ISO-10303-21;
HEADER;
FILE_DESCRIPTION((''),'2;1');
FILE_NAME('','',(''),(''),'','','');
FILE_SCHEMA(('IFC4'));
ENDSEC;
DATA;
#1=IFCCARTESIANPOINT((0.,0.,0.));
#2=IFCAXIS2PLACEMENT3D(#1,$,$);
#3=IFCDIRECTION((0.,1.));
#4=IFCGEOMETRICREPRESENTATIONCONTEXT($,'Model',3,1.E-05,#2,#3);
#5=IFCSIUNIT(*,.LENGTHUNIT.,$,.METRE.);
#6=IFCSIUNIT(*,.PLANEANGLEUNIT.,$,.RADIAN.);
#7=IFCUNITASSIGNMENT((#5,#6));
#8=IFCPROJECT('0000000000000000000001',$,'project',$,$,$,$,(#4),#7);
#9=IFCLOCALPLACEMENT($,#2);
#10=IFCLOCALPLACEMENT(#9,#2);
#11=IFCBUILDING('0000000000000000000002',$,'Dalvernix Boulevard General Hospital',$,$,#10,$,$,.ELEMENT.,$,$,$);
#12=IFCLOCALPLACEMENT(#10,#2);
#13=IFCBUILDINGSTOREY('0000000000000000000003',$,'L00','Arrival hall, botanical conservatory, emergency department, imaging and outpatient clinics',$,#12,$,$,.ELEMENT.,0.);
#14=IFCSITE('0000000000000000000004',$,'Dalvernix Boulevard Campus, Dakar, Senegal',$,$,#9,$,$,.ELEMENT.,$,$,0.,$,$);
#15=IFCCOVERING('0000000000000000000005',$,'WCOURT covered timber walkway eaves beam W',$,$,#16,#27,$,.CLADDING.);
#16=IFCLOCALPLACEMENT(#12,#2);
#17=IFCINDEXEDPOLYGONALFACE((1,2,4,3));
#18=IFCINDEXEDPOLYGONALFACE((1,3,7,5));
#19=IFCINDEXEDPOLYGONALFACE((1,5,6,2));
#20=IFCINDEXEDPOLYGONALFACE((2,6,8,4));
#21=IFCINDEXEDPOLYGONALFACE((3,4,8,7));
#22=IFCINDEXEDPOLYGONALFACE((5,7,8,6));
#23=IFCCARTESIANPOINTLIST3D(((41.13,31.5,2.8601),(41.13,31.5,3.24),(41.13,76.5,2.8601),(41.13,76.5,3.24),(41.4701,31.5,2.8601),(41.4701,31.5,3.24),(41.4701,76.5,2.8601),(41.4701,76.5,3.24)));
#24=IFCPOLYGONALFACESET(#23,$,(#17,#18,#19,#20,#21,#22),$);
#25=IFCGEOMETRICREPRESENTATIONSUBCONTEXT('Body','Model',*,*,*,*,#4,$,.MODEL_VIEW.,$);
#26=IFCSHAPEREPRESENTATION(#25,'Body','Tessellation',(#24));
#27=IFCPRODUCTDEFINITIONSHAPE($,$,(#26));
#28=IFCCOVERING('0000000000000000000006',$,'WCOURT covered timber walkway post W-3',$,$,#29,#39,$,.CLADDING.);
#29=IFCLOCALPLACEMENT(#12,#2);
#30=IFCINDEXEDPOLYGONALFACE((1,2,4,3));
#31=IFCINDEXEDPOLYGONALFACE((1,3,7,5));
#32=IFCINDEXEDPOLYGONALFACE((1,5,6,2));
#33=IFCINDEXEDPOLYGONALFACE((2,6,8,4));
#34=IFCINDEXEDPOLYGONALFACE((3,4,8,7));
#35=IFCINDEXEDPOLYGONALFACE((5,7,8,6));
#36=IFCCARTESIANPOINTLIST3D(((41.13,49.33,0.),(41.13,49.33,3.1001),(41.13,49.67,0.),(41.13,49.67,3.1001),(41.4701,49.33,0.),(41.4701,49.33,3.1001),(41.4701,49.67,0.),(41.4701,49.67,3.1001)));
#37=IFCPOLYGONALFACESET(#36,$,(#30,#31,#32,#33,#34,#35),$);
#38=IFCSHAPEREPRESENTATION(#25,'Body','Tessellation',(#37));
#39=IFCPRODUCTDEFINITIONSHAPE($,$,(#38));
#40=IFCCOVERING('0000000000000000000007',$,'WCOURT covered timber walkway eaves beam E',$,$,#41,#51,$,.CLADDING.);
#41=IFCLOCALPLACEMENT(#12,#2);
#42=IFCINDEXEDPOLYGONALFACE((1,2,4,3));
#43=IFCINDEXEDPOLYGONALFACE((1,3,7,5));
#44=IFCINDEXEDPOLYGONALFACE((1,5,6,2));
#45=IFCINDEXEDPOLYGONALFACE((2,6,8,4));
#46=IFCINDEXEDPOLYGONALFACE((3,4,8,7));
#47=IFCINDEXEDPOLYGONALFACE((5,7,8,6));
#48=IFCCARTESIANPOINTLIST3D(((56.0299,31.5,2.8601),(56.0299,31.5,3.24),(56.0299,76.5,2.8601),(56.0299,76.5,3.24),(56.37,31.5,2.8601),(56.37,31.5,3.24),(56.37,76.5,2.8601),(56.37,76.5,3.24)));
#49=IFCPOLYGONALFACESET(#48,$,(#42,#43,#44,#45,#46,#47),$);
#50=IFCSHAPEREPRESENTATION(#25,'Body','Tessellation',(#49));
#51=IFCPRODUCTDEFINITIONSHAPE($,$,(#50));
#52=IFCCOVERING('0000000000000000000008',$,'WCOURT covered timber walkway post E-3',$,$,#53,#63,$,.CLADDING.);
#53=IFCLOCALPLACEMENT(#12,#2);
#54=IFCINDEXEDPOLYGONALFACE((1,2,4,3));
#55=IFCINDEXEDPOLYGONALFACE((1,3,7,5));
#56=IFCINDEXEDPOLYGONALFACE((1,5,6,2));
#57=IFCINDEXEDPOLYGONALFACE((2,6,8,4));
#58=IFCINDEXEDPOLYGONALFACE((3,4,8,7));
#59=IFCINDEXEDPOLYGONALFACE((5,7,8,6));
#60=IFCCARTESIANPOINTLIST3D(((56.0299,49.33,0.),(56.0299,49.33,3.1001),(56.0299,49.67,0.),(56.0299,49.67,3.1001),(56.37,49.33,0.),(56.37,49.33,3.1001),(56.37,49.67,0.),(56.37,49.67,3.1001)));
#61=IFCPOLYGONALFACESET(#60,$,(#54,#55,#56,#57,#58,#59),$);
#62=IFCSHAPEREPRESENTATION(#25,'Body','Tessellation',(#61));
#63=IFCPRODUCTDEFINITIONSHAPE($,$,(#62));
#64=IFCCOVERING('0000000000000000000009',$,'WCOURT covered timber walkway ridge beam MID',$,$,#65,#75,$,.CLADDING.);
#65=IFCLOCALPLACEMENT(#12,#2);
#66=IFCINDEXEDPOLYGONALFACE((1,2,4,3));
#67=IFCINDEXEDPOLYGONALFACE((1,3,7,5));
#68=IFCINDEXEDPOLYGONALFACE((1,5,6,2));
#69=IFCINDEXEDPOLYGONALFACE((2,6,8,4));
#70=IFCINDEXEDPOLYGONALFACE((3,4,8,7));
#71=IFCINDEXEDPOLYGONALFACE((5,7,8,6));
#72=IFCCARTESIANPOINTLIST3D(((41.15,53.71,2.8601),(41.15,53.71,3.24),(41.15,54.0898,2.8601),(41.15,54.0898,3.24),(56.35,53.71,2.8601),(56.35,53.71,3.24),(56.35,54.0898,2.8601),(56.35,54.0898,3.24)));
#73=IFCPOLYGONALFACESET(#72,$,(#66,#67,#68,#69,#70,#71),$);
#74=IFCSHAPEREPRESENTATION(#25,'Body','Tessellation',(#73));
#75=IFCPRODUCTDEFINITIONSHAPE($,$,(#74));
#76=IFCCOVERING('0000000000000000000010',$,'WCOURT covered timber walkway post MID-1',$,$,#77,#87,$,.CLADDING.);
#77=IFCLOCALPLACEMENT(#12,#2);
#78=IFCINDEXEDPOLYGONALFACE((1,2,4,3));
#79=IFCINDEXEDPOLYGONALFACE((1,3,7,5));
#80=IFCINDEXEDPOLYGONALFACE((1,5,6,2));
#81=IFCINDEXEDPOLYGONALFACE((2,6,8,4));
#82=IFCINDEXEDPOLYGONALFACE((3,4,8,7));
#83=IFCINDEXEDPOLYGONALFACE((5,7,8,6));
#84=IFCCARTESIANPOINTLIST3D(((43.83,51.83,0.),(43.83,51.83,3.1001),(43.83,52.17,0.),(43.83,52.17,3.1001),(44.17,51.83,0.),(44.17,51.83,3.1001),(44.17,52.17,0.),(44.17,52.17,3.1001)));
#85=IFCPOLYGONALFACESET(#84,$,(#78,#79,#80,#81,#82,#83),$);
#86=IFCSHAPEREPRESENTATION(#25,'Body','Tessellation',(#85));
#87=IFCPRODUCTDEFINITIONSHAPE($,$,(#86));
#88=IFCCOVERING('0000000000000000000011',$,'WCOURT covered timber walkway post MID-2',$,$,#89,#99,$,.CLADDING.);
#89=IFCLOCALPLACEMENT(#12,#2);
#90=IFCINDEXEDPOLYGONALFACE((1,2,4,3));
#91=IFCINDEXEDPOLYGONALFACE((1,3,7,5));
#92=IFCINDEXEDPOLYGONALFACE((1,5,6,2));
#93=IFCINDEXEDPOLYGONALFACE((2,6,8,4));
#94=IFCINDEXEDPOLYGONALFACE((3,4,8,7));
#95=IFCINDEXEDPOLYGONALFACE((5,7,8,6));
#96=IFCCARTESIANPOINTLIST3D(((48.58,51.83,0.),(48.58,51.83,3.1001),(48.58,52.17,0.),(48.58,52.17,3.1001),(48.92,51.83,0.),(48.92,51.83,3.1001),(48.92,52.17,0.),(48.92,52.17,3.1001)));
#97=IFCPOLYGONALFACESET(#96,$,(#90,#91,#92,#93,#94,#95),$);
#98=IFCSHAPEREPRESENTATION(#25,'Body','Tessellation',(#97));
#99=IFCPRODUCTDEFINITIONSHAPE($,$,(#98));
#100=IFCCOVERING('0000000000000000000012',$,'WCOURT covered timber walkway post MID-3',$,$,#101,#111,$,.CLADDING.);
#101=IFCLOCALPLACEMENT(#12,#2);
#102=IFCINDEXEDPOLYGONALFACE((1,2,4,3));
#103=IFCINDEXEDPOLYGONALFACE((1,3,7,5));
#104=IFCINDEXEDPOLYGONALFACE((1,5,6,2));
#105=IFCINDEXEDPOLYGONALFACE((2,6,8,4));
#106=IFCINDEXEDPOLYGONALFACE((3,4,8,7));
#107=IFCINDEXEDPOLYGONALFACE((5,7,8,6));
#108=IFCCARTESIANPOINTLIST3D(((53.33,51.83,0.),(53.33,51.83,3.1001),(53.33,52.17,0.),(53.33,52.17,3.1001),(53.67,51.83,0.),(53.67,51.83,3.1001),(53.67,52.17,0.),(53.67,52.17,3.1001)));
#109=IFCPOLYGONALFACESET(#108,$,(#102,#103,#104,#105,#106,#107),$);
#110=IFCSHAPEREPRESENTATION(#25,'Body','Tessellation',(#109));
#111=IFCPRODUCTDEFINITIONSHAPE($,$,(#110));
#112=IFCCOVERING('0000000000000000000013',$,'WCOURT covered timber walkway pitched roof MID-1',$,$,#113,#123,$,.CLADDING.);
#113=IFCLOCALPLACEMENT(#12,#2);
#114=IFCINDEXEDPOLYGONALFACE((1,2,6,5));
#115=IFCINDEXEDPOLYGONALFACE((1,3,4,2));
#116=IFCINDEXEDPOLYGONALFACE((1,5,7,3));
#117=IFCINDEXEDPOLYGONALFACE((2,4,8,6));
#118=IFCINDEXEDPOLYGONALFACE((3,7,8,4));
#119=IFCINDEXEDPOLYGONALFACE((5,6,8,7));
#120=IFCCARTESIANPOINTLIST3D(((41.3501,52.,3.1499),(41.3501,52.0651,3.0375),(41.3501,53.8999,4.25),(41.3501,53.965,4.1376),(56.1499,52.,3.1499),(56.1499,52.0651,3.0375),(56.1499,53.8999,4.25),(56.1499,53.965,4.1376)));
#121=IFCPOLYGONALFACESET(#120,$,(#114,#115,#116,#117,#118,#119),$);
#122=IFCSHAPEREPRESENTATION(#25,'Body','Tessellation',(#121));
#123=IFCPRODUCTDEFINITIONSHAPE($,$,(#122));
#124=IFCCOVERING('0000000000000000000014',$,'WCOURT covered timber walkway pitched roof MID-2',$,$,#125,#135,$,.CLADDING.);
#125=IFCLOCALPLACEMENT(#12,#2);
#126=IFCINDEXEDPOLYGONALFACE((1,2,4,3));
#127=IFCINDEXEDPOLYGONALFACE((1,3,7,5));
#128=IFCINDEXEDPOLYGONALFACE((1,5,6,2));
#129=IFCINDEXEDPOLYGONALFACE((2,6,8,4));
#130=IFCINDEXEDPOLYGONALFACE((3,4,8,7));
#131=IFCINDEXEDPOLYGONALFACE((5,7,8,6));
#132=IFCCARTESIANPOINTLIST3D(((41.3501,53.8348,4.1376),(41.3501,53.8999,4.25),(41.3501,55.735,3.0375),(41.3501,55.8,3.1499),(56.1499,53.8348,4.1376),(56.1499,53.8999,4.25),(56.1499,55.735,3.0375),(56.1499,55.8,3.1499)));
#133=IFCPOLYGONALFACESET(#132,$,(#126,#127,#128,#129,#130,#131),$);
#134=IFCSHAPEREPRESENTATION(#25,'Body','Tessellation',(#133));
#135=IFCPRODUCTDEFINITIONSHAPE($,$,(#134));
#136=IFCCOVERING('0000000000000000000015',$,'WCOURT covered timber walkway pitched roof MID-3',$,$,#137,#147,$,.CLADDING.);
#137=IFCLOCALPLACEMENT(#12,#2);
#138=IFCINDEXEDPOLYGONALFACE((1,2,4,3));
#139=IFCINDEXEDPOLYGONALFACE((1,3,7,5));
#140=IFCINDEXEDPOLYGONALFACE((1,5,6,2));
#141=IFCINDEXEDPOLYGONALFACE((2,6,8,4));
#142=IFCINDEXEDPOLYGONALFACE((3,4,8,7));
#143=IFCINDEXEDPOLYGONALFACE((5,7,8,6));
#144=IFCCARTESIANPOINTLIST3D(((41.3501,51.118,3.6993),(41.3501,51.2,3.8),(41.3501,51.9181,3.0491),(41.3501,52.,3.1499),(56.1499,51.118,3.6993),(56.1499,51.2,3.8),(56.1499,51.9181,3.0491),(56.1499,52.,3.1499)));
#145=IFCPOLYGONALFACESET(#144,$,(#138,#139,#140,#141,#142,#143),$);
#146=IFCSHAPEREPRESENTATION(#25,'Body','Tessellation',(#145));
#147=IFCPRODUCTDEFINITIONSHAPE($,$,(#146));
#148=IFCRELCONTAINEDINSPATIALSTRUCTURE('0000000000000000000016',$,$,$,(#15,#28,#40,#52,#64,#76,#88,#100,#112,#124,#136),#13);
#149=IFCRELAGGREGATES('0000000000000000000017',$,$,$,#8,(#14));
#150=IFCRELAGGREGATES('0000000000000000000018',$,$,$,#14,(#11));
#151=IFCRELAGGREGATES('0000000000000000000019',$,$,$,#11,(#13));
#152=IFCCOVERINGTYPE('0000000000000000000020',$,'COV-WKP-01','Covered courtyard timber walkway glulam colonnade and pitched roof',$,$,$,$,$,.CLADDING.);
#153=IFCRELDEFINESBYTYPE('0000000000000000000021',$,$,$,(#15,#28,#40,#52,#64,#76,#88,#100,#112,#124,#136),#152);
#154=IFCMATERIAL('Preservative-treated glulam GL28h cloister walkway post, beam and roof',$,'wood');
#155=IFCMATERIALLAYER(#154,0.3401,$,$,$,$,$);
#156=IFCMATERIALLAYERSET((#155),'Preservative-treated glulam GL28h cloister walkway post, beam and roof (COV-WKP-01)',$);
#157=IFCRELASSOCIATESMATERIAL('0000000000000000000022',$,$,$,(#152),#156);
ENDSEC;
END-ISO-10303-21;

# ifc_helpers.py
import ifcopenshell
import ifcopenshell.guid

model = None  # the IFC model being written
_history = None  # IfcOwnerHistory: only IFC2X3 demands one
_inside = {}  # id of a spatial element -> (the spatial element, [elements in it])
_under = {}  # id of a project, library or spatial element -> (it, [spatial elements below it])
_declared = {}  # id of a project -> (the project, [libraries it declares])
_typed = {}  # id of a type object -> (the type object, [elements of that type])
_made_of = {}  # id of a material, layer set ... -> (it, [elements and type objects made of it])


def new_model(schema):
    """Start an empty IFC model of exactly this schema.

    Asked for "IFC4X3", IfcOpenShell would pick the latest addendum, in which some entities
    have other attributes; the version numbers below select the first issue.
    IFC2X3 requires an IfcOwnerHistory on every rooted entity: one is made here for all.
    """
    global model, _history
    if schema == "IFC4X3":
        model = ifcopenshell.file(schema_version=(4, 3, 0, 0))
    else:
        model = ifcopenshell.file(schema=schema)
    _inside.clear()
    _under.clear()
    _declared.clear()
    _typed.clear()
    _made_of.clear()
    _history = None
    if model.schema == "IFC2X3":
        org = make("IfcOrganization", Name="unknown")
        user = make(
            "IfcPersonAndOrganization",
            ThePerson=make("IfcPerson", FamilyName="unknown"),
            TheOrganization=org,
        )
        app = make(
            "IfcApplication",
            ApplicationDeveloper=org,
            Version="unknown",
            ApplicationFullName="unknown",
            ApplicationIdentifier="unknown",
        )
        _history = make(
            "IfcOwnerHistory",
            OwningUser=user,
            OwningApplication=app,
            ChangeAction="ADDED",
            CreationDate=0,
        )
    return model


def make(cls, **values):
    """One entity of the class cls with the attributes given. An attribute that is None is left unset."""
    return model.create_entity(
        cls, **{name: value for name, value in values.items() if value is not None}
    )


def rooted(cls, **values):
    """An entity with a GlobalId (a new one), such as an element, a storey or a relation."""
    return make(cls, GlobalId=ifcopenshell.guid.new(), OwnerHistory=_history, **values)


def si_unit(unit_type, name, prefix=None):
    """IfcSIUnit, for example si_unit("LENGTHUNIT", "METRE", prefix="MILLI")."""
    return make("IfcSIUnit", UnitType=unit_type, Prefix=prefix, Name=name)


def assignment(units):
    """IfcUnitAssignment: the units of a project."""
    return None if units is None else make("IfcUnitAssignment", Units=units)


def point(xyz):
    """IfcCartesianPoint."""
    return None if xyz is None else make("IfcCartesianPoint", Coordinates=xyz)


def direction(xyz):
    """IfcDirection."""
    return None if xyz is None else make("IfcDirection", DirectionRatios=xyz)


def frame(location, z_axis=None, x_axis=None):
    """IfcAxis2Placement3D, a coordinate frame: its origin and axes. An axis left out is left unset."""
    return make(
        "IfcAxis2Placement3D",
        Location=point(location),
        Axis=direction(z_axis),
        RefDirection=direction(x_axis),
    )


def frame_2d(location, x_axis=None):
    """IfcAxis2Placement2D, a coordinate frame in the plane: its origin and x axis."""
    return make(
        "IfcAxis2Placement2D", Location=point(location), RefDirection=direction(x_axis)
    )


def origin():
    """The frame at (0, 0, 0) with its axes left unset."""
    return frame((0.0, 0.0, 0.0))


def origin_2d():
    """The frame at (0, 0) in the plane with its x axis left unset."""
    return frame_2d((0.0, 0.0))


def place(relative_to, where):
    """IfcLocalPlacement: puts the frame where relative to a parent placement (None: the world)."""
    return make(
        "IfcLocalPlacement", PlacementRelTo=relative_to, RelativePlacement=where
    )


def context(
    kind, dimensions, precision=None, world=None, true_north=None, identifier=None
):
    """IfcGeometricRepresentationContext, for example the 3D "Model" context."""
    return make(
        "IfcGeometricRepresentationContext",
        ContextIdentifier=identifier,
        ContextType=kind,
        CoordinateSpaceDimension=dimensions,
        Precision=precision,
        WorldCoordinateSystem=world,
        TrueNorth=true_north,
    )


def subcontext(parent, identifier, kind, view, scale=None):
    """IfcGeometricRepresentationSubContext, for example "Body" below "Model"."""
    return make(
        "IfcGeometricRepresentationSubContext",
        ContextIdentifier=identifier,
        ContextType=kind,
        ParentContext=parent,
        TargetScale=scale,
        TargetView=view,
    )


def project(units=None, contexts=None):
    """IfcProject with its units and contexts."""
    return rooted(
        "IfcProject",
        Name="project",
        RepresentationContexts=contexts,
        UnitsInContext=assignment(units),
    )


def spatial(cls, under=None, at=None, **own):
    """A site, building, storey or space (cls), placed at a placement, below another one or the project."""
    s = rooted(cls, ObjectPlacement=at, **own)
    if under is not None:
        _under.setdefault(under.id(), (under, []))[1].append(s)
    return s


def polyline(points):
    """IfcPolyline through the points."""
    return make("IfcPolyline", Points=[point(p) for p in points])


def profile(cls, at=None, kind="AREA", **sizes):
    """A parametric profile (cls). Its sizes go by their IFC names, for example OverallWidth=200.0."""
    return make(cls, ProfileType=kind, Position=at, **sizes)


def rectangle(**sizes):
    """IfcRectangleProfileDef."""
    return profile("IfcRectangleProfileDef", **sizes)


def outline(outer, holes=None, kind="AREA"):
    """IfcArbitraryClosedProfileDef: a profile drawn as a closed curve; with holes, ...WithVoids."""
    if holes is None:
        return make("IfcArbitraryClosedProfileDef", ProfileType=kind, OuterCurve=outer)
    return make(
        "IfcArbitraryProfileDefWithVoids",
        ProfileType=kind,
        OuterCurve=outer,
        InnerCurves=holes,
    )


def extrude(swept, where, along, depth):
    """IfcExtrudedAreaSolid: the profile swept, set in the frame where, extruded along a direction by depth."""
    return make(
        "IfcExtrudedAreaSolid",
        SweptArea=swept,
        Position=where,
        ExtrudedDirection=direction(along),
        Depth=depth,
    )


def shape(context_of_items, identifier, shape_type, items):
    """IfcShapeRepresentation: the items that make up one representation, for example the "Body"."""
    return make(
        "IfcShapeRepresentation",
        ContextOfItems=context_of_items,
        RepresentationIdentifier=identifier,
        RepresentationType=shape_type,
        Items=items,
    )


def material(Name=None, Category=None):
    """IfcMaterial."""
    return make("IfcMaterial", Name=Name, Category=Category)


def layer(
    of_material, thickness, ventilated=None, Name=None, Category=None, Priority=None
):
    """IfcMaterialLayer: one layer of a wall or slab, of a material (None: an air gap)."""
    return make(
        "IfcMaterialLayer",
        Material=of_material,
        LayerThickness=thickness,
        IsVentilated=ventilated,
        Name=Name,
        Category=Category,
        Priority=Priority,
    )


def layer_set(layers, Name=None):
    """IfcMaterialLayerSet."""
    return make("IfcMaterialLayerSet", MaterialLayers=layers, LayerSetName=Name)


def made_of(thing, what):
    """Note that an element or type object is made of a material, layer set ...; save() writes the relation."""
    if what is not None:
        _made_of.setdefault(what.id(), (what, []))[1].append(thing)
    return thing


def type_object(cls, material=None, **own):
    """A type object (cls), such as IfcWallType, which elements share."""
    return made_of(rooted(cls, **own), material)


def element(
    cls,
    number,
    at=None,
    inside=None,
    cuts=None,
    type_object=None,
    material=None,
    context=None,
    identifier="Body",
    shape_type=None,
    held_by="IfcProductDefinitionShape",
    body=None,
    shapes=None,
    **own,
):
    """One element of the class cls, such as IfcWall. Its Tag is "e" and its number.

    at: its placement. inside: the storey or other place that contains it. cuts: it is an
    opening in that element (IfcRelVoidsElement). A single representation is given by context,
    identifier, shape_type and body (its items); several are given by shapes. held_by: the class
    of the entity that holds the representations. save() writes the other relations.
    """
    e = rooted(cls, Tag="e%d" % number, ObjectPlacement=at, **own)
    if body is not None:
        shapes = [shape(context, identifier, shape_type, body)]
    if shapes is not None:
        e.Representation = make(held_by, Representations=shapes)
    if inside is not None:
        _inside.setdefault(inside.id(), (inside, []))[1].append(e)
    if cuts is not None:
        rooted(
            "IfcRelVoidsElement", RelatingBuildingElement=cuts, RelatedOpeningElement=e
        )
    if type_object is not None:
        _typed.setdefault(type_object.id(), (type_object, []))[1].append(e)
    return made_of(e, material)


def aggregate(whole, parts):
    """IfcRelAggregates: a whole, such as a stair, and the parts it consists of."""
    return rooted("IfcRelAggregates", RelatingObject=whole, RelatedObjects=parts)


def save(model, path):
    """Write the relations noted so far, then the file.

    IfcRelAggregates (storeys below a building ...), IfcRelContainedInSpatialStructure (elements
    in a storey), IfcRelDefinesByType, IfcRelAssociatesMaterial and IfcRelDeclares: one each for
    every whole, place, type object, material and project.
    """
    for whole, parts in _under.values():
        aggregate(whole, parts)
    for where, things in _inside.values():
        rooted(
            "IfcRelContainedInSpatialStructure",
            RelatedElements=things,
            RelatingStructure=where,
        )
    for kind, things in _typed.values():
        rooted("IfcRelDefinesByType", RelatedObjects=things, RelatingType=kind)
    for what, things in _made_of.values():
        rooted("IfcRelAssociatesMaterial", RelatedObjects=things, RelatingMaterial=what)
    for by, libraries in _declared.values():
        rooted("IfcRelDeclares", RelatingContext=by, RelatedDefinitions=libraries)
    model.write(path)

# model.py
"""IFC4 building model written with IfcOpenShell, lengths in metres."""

from ifc_helpers import new_model, si_unit, direction, frame, origin, origin_2d, place, context, subcontext, project, spatial, polyline, rectangle, outline, extrude, material, layer, layer_set, type_object, element, save


model = new_model("IFC4")

# Units and contexts
model_context = context("Model", 3, precision=1e-05, world=origin(), true_north=direction((0.0, 1.0)))
body_context = subcontext(model_context, "Body", "Model", "MODEL_VIEW")
ifc_project = project(units=[si_unit("LENGTHUNIT", "METRE"), si_unit("PLANEANGLEUNIT", "RADIAN")], contexts=[model_context])

# Site, building, storey
site_placement = place(None, origin())
site = spatial("IfcSite", under=ifc_project, at=site_placement, Name="Dalvernix Boulevard Campus, Dakar, Senegal", CompositionType="ELEMENT", RefElevation=0.0)
building_placement = place(site_placement, origin())
building = spatial("IfcBuilding", under=site, at=building_placement, Name="Dalvernix Boulevard General Hospital", CompositionType="ELEMENT")
storey_placement = place(building_placement, origin())
storey = spatial("IfcBuildingStorey", under=building, at=storey_placement, Name="L00", Description="Arrival hall, botanical conservatory, emergency department, imaging and outpatient clinics", CompositionType="ELEMENT", Elevation=0.0)

# Coverings
ifc_material_1 = material(Name="Preservative-treated glulam GL28h cloister walkway post, beam and roof", Category="wood")
ifc_layer_1 = layer(ifc_material_1, 0.3401)
ifc_layer_set_1 = layer_set([ifc_layer_1], Name="Preservative-treated glulam GL28h cloister walkway post, beam and roof (COV-WKP-01)")
covering_type = type_object("IfcCoveringType", Name="COV-WKP-01", Description="Covered courtyard timber walkway glulam colonnade and pitched roof", PredefinedType="CLADDING", material=ifc_layer_set_1)
covering_1_placement = place(storey_placement, frame((41.3, 54.0, 2.8601), z_axis=(0.0, 0.0, 1.0), x_axis=(1.0, 0.0, 0.0)))
element("IfcCovering", 1, at=covering_1_placement, inside=storey, type_object=covering_type, Name="WCOURT covered timber walkway eaves beam W", PredefinedType="CLADDING", context=body_context, shape_type="SweptSolid", body=[
    extrude(rectangle(XDim=0.3401, YDim=45.0, at=origin_2d()), origin(), (0.0, 0.0, 1.0), 0.3799),
])
covering_2_placement = place(storey_placement, frame((41.3, 49.5, 0.0), z_axis=(0.0, 0.0, 1.0), x_axis=(1.0, 0.0, 0.0)))
element("IfcCovering", 2, at=covering_2_placement, inside=storey, type_object=covering_type, Name="WCOURT covered timber walkway post W-3", PredefinedType="CLADDING", context=body_context, shape_type="SweptSolid", body=[
    extrude(rectangle(XDim=0.3401, YDim=0.3401, at=origin_2d()), origin(), (0.0, 0.0, 1.0), 3.1001),
])
covering_3_placement = place(storey_placement, frame((56.2, 54.0, 2.8601), z_axis=(0.0, 0.0, 1.0), x_axis=(1.0, 0.0, 0.0)))
element("IfcCovering", 3, at=covering_3_placement, inside=storey, type_object=covering_type, Name="WCOURT covered timber walkway eaves beam E", PredefinedType="CLADDING", context=body_context, shape_type="SweptSolid", body=[
    extrude(rectangle(XDim=0.3401, YDim=45.0, at=origin_2d()), origin(), (0.0, 0.0, 1.0), 0.3799),
])
covering_4_placement = place(storey_placement, frame((56.2, 49.5, 0.0), z_axis=(0.0, 0.0, 1.0), x_axis=(1.0, 0.0, 0.0)))
element("IfcCovering", 4, at=covering_4_placement, inside=storey, type_object=covering_type, Name="WCOURT covered timber walkway post E-3", PredefinedType="CLADDING", context=body_context, shape_type="SweptSolid", body=[
    extrude(rectangle(XDim=0.3401, YDim=0.3401, at=origin_2d()), origin(), (0.0, 0.0, 1.0), 3.1001),
])
covering_5_placement = place(storey_placement, frame((48.75, 53.8999, 2.8601), z_axis=(0.0, 0.0, 1.0), x_axis=(1.0, 0.0, 0.0)))
element("IfcCovering", 5, at=covering_5_placement, inside=storey, type_object=covering_type, Name="WCOURT covered timber walkway ridge beam MID", PredefinedType="CLADDING", context=body_context, shape_type="SweptSolid", body=[
    extrude(rectangle(XDim=15.2, YDim=0.3799, at=origin_2d()), origin(), (0.0, 0.0, 1.0), 0.3799),
])
for number, where, z_axis, x_axis, name in (
    (6, (44.0, 52.0, 0.0), (0.0, 0.0, 1.0), (1.0, 0.0, 0.0), "WCOURT covered timber walkway post MID-1"),
    (7, (48.75, 52.0, 0.0), (0.0, 0.0, 1.0), (1.0, 0.0, 0.0), "WCOURT covered timber walkway post MID-2"),
    (8, (53.5, 52.0, 0.0), (0.0, 0.0, 1.0), (1.0, 0.0, 0.0), "WCOURT covered timber walkway post MID-3"),
):
    element("IfcCovering", number, at=place(storey_placement, frame(where, z_axis=z_axis, x_axis=x_axis)), inside=storey, type_object=covering_type, Name=name, PredefinedType="CLADDING", context=body_context, shape_type="SweptSolid", body=[
        extrude(rectangle(XDim=0.3401, YDim=0.3401, at=origin_2d()), origin(), (0.0, 0.0, 1.0), 3.1001),
    ])
covering_6_placement = place(storey_placement, frame((41.3501, 52.0, 3.1499), z_axis=(0.0, -0.501089, 0.865396), x_axis=(1.0, 0.0, 0.0)))
element("IfcCovering", 9, at=covering_6_placement, inside=storey, type_object=covering_type, Name="WCOURT covered timber walkway pitched roof MID-1", PredefinedType="CLADDING", context=body_context, shape_type="SweptSolid", body=[
    extrude(outline(polyline([(0.0, 0.0), (14.7998, 0.0), (14.7998, 2.1954), (0.0, 2.1954), (0.0, 0.0)])), origin(), (0.0, 0.0, -1.0), 0.1299),
])
covering_7_placement = place(storey_placement, frame((41.3501, 53.8999, 4.25), z_axis=(0.0, 0.501041, 0.865424), x_axis=(1.0, 0.0, 0.0)))
element("IfcCovering", 10, at=covering_7_placement, inside=storey, type_object=covering_type, Name="WCOURT covered timber walkway pitched roof MID-2", PredefinedType="CLADDING", context=body_context, shape_type="SweptSolid", body=[
    extrude(outline(polyline([(0.0, 0.0), (14.7998, 0.0), (14.7998, 2.1956), (0.0, 2.1956), (0.0, 0.0)])), origin(), (0.0, 0.0, -1.0), 0.1299),
])
covering_8_placement = place(storey_placement, frame((41.3501, 52.0, 3.1499), z_axis=(0.0, 0.630655, 0.776063), x_axis=(1.0, 0.0, 0.0)))
element("IfcCovering", 11, at=covering_8_placement, inside=storey, type_object=covering_type, Name="WCOURT covered timber walkway pitched roof MID-3", PredefinedType="CLADDING", context=body_context, shape_type="SweptSolid", body=[
    extrude(outline(polyline([(0.0, 0.0), (14.7998, 0.0), (14.7998, -1.0309), (0.0, -1.0309), (0.0, 0.0)])), origin(), (0.0, 0.0, -1.0), 0.1299),
])

save(model, "model.ifc")
